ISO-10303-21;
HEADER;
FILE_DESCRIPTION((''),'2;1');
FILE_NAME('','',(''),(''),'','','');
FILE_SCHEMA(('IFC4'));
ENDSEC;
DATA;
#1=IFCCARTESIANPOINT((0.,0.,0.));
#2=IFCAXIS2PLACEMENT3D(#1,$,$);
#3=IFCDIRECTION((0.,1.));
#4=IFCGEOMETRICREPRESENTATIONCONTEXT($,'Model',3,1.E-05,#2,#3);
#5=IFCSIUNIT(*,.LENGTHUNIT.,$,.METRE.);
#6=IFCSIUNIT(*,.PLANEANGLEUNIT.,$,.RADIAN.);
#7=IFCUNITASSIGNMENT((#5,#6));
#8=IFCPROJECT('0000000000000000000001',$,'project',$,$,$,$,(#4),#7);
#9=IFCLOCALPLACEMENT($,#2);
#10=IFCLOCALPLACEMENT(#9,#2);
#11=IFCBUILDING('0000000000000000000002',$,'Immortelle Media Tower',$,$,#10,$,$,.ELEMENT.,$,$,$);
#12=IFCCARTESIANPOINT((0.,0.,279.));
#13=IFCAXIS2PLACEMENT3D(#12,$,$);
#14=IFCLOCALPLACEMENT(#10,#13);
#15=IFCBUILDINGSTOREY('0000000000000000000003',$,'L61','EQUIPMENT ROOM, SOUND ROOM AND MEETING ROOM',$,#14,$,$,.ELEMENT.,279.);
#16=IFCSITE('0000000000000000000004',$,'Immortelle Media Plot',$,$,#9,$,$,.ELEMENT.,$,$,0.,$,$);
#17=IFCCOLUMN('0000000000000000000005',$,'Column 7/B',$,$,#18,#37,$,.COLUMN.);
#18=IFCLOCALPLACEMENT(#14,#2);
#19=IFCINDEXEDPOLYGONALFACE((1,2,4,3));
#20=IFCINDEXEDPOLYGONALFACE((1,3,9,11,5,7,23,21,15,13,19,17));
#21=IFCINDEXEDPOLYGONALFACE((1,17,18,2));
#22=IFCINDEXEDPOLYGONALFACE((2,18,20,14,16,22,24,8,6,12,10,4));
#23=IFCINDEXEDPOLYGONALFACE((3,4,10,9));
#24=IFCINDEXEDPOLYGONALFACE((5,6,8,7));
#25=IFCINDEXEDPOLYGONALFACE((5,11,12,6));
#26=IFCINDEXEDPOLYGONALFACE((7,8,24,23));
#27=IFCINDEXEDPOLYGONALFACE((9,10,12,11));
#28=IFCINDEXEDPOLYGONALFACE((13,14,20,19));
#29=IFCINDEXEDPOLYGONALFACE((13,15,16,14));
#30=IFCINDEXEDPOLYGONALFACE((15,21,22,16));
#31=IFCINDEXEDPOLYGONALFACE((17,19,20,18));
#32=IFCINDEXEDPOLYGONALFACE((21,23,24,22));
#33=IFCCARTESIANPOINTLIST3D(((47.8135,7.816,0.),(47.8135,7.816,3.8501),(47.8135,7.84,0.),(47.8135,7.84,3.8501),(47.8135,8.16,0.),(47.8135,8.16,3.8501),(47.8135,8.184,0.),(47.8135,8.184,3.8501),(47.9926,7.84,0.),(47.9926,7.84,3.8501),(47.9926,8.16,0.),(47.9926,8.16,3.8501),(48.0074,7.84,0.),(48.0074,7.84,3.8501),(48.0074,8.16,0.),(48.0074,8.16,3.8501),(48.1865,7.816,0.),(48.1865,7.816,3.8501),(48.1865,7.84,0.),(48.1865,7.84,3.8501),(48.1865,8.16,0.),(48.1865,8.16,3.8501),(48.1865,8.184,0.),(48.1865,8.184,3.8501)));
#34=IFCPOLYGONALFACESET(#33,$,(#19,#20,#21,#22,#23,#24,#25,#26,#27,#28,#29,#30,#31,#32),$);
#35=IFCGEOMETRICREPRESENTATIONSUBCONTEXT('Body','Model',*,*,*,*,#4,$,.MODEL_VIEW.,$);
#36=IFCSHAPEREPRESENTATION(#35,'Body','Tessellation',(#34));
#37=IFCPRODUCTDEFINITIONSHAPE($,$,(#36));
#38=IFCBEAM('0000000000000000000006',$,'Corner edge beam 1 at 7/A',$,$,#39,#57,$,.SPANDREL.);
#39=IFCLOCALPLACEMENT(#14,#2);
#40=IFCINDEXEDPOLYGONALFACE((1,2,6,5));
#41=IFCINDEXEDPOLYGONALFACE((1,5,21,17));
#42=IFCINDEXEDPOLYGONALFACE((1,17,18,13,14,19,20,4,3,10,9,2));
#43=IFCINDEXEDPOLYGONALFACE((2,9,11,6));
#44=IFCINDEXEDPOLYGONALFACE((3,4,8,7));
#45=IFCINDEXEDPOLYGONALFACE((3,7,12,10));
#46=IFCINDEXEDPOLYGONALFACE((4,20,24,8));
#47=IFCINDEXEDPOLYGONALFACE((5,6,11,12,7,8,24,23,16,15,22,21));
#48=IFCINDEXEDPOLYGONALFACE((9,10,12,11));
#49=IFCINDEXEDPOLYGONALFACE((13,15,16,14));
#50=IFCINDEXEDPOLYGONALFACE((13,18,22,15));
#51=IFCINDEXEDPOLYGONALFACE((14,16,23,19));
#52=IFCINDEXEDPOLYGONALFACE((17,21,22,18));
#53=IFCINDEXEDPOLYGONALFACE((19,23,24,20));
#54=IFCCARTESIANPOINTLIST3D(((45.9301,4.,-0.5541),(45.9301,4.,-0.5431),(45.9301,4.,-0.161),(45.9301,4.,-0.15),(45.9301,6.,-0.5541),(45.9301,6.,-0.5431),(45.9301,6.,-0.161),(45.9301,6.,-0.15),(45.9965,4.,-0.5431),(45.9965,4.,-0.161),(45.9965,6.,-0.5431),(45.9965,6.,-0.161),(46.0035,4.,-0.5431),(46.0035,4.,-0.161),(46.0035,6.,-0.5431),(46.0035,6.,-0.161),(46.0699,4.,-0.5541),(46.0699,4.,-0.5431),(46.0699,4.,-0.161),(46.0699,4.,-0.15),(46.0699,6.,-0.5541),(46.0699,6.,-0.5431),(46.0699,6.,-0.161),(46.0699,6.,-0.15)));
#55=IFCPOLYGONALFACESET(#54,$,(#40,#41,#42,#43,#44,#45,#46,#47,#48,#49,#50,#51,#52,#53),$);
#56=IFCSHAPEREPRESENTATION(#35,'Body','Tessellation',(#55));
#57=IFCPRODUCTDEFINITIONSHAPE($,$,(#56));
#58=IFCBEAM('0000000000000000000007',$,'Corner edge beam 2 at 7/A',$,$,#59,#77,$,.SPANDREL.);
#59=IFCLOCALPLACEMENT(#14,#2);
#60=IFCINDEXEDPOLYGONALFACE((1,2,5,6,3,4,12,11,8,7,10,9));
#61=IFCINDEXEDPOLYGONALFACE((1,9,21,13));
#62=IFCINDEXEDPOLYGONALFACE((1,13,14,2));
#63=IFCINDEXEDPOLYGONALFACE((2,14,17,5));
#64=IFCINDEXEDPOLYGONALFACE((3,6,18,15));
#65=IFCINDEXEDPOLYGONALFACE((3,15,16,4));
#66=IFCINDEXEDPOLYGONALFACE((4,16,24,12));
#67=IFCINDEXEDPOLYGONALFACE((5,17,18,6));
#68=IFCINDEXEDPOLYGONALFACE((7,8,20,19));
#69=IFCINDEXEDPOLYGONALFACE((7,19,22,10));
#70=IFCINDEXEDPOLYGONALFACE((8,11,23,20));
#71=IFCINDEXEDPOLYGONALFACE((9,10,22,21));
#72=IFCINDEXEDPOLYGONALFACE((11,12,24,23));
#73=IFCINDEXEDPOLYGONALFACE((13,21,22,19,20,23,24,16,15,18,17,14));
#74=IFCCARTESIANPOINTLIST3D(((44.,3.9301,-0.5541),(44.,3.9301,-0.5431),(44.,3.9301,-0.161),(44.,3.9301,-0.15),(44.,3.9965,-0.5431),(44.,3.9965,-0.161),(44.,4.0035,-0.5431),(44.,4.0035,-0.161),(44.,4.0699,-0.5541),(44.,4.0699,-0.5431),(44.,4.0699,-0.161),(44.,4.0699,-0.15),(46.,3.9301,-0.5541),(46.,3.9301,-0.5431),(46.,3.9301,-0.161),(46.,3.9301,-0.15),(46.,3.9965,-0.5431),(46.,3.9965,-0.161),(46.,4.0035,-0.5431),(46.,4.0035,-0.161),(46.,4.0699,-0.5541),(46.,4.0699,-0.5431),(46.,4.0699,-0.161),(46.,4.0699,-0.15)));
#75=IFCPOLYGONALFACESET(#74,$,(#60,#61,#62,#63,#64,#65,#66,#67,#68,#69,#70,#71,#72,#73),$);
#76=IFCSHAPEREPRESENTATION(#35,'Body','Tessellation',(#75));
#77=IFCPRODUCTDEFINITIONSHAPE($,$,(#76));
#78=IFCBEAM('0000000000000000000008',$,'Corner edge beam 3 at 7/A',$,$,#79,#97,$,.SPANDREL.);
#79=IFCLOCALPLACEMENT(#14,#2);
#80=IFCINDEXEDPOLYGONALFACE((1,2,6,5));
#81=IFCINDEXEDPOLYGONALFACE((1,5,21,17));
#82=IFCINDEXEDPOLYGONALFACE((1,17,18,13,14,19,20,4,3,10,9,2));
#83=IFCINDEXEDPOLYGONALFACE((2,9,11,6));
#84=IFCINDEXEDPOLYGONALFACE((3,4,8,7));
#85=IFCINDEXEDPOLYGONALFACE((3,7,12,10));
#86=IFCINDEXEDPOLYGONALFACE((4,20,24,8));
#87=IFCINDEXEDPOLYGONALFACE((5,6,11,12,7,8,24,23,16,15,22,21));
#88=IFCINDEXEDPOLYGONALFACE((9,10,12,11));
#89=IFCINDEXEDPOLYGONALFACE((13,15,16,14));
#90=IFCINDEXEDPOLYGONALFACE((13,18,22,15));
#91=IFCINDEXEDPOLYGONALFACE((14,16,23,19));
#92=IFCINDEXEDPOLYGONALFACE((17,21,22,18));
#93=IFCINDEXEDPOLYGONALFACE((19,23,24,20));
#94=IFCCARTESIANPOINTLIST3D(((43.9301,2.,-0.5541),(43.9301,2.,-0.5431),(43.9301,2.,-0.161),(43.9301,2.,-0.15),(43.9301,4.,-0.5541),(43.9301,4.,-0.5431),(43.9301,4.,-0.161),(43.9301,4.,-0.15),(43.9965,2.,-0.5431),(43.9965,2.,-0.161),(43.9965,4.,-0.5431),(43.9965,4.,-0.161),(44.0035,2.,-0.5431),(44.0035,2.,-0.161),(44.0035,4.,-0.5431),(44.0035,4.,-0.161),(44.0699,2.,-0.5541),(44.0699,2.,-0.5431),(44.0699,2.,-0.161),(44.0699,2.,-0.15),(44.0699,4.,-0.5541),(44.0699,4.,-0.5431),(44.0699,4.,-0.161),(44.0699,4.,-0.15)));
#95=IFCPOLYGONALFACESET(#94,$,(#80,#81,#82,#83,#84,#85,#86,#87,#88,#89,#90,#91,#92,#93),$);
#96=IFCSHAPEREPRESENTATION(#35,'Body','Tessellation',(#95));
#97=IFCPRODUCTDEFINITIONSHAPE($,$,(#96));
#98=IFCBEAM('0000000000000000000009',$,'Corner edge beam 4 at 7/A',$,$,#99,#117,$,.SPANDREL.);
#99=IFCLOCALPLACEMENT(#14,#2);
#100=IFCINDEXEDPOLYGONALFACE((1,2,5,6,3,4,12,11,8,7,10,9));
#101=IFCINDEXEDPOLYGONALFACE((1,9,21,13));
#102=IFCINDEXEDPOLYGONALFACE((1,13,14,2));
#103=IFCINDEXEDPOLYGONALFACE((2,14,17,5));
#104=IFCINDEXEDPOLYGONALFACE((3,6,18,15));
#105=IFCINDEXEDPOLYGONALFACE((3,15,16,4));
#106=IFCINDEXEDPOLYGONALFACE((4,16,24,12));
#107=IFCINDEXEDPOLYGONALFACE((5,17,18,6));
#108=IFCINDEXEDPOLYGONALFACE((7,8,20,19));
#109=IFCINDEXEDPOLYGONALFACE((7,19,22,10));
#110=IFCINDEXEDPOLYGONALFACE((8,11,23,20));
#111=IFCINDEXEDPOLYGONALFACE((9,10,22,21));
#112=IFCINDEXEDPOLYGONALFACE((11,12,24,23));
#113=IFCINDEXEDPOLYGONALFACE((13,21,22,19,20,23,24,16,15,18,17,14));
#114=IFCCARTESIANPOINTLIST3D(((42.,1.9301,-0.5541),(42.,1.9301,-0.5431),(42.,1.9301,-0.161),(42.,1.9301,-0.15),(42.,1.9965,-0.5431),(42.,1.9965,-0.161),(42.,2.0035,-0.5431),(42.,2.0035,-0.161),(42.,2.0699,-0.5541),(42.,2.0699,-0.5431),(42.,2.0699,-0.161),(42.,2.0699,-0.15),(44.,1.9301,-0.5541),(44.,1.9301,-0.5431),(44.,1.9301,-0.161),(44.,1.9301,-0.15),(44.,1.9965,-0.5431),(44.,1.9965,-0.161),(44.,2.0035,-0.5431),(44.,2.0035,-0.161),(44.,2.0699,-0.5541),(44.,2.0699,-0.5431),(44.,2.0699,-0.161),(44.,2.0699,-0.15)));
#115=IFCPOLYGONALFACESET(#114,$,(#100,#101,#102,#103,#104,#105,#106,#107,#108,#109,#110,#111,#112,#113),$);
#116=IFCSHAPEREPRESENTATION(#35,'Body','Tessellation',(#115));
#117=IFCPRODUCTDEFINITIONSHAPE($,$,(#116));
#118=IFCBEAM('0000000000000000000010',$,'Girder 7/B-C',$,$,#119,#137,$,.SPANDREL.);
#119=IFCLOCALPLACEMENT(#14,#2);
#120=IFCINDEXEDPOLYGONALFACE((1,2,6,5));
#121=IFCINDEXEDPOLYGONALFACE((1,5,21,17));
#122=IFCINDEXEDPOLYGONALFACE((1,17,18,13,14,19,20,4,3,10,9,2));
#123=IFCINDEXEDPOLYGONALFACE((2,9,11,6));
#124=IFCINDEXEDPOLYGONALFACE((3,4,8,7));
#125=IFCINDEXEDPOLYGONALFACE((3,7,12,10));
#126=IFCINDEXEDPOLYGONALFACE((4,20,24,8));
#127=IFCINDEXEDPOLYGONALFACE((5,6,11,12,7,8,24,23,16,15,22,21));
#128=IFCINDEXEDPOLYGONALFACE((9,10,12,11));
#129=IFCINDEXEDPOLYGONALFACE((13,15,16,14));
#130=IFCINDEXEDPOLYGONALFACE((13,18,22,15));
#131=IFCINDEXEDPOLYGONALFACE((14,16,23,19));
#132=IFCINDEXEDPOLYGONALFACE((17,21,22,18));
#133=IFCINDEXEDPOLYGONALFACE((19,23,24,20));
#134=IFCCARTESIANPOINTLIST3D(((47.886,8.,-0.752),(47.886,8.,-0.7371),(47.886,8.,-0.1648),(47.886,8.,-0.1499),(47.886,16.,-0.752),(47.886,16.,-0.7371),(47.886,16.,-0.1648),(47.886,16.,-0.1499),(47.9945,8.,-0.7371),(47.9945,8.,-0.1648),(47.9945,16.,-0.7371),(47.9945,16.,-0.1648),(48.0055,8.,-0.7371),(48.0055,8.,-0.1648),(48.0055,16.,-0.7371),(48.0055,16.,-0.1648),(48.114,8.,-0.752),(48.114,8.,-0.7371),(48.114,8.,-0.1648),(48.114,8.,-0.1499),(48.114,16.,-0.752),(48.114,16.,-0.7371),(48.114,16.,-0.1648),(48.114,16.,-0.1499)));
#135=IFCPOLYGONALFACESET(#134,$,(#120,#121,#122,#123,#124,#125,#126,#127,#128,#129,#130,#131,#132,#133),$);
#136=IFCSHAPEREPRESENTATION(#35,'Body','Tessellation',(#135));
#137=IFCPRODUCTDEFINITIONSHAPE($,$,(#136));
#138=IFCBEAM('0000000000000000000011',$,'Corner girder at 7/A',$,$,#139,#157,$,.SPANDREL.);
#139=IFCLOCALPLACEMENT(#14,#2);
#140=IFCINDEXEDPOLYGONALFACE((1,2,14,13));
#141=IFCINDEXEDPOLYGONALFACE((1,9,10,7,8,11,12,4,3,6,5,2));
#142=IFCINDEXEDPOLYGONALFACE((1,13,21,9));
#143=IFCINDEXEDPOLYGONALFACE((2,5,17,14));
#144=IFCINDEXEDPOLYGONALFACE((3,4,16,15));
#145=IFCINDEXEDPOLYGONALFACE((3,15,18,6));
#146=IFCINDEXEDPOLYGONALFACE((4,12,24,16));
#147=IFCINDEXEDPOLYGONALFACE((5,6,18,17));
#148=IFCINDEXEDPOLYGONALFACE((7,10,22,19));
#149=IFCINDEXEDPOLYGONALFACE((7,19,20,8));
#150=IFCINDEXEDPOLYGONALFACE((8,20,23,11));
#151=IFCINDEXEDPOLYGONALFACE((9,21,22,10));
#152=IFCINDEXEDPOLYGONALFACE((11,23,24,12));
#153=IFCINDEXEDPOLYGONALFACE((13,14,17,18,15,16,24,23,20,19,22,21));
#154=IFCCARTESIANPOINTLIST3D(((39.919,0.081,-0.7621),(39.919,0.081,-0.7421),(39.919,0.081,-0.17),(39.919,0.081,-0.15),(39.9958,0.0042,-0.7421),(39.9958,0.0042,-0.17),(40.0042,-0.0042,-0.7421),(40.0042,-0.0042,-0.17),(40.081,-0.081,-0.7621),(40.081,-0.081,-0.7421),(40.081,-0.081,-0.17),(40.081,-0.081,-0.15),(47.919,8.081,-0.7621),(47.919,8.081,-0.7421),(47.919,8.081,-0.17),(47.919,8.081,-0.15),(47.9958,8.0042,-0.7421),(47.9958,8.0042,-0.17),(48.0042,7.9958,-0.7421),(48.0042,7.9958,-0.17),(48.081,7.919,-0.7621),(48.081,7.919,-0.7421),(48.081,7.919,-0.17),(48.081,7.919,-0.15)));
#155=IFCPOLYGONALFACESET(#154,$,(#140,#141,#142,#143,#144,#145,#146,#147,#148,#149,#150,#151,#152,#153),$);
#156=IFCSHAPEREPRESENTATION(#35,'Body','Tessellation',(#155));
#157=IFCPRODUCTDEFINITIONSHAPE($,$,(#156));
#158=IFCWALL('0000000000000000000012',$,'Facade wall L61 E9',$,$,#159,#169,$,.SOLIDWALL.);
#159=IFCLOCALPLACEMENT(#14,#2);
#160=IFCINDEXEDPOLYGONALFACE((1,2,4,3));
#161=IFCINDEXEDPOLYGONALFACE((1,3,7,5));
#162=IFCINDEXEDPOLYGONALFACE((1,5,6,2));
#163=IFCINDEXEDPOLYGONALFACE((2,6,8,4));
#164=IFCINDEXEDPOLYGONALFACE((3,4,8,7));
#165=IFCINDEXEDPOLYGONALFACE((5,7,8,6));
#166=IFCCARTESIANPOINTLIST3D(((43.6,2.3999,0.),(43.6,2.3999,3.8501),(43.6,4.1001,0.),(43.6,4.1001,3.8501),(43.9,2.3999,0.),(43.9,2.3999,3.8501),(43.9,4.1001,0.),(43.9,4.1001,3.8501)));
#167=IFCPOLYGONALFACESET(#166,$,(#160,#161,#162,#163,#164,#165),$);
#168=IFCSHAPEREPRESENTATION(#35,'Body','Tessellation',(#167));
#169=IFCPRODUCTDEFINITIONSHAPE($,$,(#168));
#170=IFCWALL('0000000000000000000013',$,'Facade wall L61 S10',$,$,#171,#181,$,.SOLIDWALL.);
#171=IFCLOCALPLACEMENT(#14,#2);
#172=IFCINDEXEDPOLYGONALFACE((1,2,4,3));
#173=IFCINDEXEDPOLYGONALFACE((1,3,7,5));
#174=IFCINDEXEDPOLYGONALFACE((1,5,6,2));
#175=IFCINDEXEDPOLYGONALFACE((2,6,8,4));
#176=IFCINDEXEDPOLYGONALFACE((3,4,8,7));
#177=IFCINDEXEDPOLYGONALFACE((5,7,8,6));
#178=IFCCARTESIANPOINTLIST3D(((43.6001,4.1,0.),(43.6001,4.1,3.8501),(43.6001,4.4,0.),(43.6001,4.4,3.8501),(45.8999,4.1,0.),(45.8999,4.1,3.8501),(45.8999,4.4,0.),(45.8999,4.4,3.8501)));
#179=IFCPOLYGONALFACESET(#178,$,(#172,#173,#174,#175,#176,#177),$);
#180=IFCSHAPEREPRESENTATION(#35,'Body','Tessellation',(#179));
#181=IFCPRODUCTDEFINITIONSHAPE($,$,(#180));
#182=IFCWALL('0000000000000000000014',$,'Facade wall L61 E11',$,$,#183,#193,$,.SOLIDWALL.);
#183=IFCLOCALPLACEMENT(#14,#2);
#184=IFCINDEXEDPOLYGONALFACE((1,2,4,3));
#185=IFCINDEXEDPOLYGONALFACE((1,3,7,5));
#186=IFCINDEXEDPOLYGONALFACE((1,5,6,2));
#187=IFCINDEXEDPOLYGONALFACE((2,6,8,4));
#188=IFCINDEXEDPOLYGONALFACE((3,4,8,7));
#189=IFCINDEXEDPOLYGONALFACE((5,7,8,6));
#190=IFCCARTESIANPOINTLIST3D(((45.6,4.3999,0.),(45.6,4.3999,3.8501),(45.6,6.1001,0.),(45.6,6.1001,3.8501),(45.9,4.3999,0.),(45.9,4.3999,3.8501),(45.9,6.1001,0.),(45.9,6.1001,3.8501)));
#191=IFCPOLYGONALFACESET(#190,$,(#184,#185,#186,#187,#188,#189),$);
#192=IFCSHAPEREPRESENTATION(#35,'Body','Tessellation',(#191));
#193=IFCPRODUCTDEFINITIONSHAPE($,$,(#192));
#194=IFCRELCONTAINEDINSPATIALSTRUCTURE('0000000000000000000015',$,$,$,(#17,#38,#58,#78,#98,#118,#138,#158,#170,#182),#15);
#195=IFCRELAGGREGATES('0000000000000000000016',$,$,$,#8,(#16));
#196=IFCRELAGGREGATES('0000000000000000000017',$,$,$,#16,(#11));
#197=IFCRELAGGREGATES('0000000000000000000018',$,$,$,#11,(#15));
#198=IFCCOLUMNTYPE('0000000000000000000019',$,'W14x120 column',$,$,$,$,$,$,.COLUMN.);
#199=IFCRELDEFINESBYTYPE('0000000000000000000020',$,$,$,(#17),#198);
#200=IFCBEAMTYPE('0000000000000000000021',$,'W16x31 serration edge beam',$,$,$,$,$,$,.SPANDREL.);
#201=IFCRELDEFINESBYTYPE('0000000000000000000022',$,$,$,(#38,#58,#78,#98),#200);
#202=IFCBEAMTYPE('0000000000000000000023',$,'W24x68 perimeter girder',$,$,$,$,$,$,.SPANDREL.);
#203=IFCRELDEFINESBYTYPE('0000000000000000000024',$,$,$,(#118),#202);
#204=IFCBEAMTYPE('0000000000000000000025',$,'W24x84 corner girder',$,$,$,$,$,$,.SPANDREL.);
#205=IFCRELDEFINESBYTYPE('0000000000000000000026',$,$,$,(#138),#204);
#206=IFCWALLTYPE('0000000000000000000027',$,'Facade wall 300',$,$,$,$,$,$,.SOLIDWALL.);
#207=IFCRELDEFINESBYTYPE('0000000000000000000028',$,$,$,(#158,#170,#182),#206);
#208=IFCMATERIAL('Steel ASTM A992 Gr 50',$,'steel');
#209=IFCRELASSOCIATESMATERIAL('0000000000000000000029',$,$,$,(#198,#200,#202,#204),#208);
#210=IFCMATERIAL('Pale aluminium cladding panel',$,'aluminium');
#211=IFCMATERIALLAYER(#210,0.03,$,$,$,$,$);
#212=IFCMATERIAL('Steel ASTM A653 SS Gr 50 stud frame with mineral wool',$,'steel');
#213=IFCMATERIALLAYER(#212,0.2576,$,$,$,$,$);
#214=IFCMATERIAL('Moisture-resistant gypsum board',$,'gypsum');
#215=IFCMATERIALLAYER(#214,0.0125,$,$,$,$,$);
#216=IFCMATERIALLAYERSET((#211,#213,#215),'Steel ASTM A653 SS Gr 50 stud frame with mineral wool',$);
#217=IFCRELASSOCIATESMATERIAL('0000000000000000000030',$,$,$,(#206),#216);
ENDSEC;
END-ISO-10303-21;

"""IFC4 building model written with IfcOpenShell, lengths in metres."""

from ifc_helpers import new_model, si_unit, direction, frame, frame_2d, origin, origin_2d, place, context, subcontext, project, spatial, rectangle, i_section, extrude, material, layer, layer_set, material_profile, profile_set, type_object, element, save


model = new_model("IFC4")

# Units and contexts
model_context = context("Model", 3, precision=1e-05, world=origin(), true_north=direction((0.0, 1.0)))
body_context = subcontext(model_context, "Body", "Model", "MODEL_VIEW")
ifc_project = project(units=[si_unit("LENGTHUNIT", "METRE"), si_unit("PLANEANGLEUNIT", "RADIAN")], contexts=[model_context])

# Site, building, storey
site_placement = place(None, origin())
site = spatial("IfcSite", under=ifc_project, at=site_placement, Name="Immortelle Media Plot", CompositionType="ELEMENT", RefElevation=0.0)
building_placement = place(site_placement, origin())
building = spatial("IfcBuilding", under=site, at=building_placement, Name="Immortelle Media Tower", CompositionType="ELEMENT")
storey_placement = place(building_placement, frame((0.0, 0.0, 279.0)))
storey = spatial("IfcBuildingStorey", under=building, at=storey_placement, Name="L61", Description="EQUIPMENT ROOM, SOUND ROOM AND MEETING ROOM", CompositionType="ELEMENT", Elevation=279.0)

# Column
ifc_material_1 = material(Name="Steel ASTM A992 Gr 50", Category="steel")
ifc_material_profile_1 = material_profile(ifc_material_1, i_section(OverallWidth=0.373, OverallDepth=0.3679, WebThickness=0.0149, FlangeThickness=0.0239, at=origin_2d()), Name="W14x120")
ifc_profile_set_1 = profile_set([ifc_material_profile_1], Name="Steel ASTM A992 Gr 50")
column_type = type_object("IfcColumnType", Name="W14x120 column", PredefinedType="COLUMN", material=ifc_profile_set_1)
column_placement = place(storey_placement, frame((48.0, 8.0, 0.0), z_axis=(0.0, 0.0, 1.0), x_axis=(1.0, 0.0, 0.0)))
element("IfcColumn", 1, at=column_placement, inside=storey, type_object=column_type, Name="Column 7/B", PredefinedType="COLUMN", context=body_context, shape_type="SweptSolid", body=[
    extrude(i_section(OverallWidth=0.373, OverallDepth=0.3679, WebThickness=0.0149, FlangeThickness=0.0239, at=origin_2d()), origin(), (0.0, 0.0, 1.0), 3.8501),
])

# Beams
ifc_material_profile_2 = material_profile(ifc_material_1, i_section(OverallWidth=0.1399, OverallDepth=0.4041, WebThickness=0.0071, FlangeThickness=0.011, at=origin_2d()), Name="W16x31")
ifc_profile_set_2 = profile_set([ifc_material_profile_2], Name="Steel ASTM A992 Gr 50")
beam_type_1 = type_object("IfcBeamType", Name="W16x31 serration edge beam", PredefinedType="SPANDREL", material=ifc_profile_set_2)
for number, where, z_axis, x_axis, name in (
    (2, (46.0, 6.0, -0.3521), (0.0, -1.0, 0.0), (1.0, 0.0, 0.0), "Corner edge beam 1 at 7/A"),
    (3, (46.0, 4.0, -0.3521), (-1.0, 0.0, 0.0), (0.0, -1.0, 0.0), "Corner edge beam 2 at 7/A"),
    (4, (44.0, 4.0, -0.3521), (0.0, -1.0, 0.0), (1.0, 0.0, 0.0), "Corner edge beam 3 at 7/A"),
    (5, (44.0, 2.0, -0.3521), (-1.0, 0.0, 0.0), (0.0, -1.0, 0.0), "Corner edge beam 4 at 7/A"),
):
    element("IfcBeam", number, at=place(storey_placement, frame(where, z_axis=z_axis, x_axis=x_axis)), inside=storey, type_object=beam_type_1, Name=name, PredefinedType="SPANDREL", context=body_context, shape_type="SweptSolid", body=[
        extrude(i_section(OverallWidth=0.1399, OverallDepth=0.4041, WebThickness=0.0071, FlangeThickness=0.011, at=origin_2d()), origin(), (0.0, 0.0, 1.0), 2.0),
    ])
ifc_material_profile_3 = material_profile(ifc_material_1, i_section(OverallWidth=0.228, OverallDepth=0.6021, WebThickness=0.011, FlangeThickness=0.0149, at=origin_2d()), Name="W24x68")
ifc_profile_set_3 = profile_set([ifc_material_profile_3], Name="Steel ASTM A992 Gr 50")
beam_type_2 = type_object("IfcBeamType", Name="W24x68 perimeter girder", PredefinedType="SPANDREL", material=ifc_profile_set_3)
beam_1_placement = place(storey_placement, frame((48.0, 8.0, -0.4509), z_axis=(0.0, 1.0, 0.0), x_axis=(-1.0, 0.0, 0.0)))
element("IfcBeam", 6, at=beam_1_placement, inside=storey, type_object=beam_type_2, Name="Girder 7/B-C", PredefinedType="SPANDREL", context=body_context, shape_type="SweptSolid", body=[
    extrude(i_section(OverallWidth=0.228, OverallDepth=0.6021, WebThickness=0.011, FlangeThickness=0.0149, at=origin_2d()), origin(), (0.0, 0.0, 1.0), 8.0),
])
ifc_material_profile_4 = material_profile(ifc_material_1, i_section(OverallWidth=0.229, OverallDepth=0.6121, WebThickness=0.012, FlangeThickness=0.02, at=origin_2d()), Name="W24x84")
ifc_profile_set_4 = profile_set([ifc_material_profile_4], Name="Steel ASTM A992 Gr 50")
beam_type_3 = type_object("IfcBeamType", Name="W24x84 corner girder", PredefinedType="SPANDREL", material=ifc_profile_set_4)
beam_2_placement = place(storey_placement, frame((48.0, 8.0, -0.4561), z_axis=(-0.707107, -0.707107, 0.0), x_axis=(0.707107, -0.707107, 0.0)))
element("IfcBeam", 7, at=beam_2_placement, inside=storey, type_object=beam_type_3, Name="Corner girder at 7/A", PredefinedType="SPANDREL", context=body_context, shape_type="SweptSolid", body=[
    extrude(i_section(OverallWidth=0.229, OverallDepth=0.6121, WebThickness=0.012, FlangeThickness=0.02, at=origin_2d()), origin(), (0.0, 0.0, 1.0), 11.3137),
])

# Walls
ifc_material_2 = material(Name="Pale aluminium cladding panel", Category="aluminium")
ifc_layer_1 = layer(ifc_material_2, 0.03)
ifc_material_3 = material(Name="Steel ASTM A653 SS Gr 50 stud frame with mineral wool", Category="steel")
ifc_layer_2 = layer(ifc_material_3, 0.2576)
ifc_material_4 = material(Name="Moisture-resistant gypsum board", Category="gypsum")
ifc_layer_3 = layer(ifc_material_4, 0.0125)
ifc_layer_set_1 = layer_set([ifc_layer_1, ifc_layer_2, ifc_layer_3], Name="Steel ASTM A653 SS Gr 50 stud frame with mineral wool")
wall_type_1 = type_object("IfcWallType", Name="Facade wall 300", PredefinedType="SOLIDWALL", material=ifc_layer_set_1)
wall_1_placement = place(storey_placement, frame((43.75, 2.3999, 0.0), z_axis=(0.0, 0.0, 1.0), x_axis=(0.0, 1.0, 0.0)))
element("IfcWall", 8, at=wall_1_placement, inside=storey, type_object=wall_type_1, Name="Facade wall L61 E9", PredefinedType="SOLIDWALL", context=body_context, shape_type="SweptSolid", body=[
    extrude(rectangle(XDim=1.7002, YDim=0.3, at=frame_2d((0.8501, 0.0))), origin(), (0.0, 0.0, 1.0), 3.8501),
])
wall_2_placement = place(storey_placement, frame((43.6001, 4.25, 0.0), z_axis=(0.0, 0.0, 1.0), x_axis=(1.0, 0.0, 0.0)))
element("IfcWall", 9, at=wall_2_placement, inside=storey, type_object=wall_type_1, Name="Facade wall L61 S10", PredefinedType="SOLIDWALL", context=body_context, shape_type="SweptSolid", body=[
    extrude(rectangle(XDim=2.2998, YDim=0.3, at=frame_2d((1.1499, 0.0))), origin(), (0.0, 0.0, 1.0), 3.8501),
])
wall_3_placement = place(storey_placement, frame((45.75, 4.3999, 0.0), z_axis=(0.0, 0.0, 1.0), x_axis=(0.0, 1.0, 0.0)))
element("IfcWall", 10, at=wall_3_placement, inside=storey, type_object=wall_type_1, Name="Facade wall L61 E11", PredefinedType="SOLIDWALL", context=body_context, shape_type="SweptSolid", body=[
    extrude(rectangle(XDim=1.7002, YDim=0.3, at=frame_2d((0.8501, 0.0))), origin(), (0.0, 0.0, 1.0), 3.8501),
])

save(model, "model.ifc")
